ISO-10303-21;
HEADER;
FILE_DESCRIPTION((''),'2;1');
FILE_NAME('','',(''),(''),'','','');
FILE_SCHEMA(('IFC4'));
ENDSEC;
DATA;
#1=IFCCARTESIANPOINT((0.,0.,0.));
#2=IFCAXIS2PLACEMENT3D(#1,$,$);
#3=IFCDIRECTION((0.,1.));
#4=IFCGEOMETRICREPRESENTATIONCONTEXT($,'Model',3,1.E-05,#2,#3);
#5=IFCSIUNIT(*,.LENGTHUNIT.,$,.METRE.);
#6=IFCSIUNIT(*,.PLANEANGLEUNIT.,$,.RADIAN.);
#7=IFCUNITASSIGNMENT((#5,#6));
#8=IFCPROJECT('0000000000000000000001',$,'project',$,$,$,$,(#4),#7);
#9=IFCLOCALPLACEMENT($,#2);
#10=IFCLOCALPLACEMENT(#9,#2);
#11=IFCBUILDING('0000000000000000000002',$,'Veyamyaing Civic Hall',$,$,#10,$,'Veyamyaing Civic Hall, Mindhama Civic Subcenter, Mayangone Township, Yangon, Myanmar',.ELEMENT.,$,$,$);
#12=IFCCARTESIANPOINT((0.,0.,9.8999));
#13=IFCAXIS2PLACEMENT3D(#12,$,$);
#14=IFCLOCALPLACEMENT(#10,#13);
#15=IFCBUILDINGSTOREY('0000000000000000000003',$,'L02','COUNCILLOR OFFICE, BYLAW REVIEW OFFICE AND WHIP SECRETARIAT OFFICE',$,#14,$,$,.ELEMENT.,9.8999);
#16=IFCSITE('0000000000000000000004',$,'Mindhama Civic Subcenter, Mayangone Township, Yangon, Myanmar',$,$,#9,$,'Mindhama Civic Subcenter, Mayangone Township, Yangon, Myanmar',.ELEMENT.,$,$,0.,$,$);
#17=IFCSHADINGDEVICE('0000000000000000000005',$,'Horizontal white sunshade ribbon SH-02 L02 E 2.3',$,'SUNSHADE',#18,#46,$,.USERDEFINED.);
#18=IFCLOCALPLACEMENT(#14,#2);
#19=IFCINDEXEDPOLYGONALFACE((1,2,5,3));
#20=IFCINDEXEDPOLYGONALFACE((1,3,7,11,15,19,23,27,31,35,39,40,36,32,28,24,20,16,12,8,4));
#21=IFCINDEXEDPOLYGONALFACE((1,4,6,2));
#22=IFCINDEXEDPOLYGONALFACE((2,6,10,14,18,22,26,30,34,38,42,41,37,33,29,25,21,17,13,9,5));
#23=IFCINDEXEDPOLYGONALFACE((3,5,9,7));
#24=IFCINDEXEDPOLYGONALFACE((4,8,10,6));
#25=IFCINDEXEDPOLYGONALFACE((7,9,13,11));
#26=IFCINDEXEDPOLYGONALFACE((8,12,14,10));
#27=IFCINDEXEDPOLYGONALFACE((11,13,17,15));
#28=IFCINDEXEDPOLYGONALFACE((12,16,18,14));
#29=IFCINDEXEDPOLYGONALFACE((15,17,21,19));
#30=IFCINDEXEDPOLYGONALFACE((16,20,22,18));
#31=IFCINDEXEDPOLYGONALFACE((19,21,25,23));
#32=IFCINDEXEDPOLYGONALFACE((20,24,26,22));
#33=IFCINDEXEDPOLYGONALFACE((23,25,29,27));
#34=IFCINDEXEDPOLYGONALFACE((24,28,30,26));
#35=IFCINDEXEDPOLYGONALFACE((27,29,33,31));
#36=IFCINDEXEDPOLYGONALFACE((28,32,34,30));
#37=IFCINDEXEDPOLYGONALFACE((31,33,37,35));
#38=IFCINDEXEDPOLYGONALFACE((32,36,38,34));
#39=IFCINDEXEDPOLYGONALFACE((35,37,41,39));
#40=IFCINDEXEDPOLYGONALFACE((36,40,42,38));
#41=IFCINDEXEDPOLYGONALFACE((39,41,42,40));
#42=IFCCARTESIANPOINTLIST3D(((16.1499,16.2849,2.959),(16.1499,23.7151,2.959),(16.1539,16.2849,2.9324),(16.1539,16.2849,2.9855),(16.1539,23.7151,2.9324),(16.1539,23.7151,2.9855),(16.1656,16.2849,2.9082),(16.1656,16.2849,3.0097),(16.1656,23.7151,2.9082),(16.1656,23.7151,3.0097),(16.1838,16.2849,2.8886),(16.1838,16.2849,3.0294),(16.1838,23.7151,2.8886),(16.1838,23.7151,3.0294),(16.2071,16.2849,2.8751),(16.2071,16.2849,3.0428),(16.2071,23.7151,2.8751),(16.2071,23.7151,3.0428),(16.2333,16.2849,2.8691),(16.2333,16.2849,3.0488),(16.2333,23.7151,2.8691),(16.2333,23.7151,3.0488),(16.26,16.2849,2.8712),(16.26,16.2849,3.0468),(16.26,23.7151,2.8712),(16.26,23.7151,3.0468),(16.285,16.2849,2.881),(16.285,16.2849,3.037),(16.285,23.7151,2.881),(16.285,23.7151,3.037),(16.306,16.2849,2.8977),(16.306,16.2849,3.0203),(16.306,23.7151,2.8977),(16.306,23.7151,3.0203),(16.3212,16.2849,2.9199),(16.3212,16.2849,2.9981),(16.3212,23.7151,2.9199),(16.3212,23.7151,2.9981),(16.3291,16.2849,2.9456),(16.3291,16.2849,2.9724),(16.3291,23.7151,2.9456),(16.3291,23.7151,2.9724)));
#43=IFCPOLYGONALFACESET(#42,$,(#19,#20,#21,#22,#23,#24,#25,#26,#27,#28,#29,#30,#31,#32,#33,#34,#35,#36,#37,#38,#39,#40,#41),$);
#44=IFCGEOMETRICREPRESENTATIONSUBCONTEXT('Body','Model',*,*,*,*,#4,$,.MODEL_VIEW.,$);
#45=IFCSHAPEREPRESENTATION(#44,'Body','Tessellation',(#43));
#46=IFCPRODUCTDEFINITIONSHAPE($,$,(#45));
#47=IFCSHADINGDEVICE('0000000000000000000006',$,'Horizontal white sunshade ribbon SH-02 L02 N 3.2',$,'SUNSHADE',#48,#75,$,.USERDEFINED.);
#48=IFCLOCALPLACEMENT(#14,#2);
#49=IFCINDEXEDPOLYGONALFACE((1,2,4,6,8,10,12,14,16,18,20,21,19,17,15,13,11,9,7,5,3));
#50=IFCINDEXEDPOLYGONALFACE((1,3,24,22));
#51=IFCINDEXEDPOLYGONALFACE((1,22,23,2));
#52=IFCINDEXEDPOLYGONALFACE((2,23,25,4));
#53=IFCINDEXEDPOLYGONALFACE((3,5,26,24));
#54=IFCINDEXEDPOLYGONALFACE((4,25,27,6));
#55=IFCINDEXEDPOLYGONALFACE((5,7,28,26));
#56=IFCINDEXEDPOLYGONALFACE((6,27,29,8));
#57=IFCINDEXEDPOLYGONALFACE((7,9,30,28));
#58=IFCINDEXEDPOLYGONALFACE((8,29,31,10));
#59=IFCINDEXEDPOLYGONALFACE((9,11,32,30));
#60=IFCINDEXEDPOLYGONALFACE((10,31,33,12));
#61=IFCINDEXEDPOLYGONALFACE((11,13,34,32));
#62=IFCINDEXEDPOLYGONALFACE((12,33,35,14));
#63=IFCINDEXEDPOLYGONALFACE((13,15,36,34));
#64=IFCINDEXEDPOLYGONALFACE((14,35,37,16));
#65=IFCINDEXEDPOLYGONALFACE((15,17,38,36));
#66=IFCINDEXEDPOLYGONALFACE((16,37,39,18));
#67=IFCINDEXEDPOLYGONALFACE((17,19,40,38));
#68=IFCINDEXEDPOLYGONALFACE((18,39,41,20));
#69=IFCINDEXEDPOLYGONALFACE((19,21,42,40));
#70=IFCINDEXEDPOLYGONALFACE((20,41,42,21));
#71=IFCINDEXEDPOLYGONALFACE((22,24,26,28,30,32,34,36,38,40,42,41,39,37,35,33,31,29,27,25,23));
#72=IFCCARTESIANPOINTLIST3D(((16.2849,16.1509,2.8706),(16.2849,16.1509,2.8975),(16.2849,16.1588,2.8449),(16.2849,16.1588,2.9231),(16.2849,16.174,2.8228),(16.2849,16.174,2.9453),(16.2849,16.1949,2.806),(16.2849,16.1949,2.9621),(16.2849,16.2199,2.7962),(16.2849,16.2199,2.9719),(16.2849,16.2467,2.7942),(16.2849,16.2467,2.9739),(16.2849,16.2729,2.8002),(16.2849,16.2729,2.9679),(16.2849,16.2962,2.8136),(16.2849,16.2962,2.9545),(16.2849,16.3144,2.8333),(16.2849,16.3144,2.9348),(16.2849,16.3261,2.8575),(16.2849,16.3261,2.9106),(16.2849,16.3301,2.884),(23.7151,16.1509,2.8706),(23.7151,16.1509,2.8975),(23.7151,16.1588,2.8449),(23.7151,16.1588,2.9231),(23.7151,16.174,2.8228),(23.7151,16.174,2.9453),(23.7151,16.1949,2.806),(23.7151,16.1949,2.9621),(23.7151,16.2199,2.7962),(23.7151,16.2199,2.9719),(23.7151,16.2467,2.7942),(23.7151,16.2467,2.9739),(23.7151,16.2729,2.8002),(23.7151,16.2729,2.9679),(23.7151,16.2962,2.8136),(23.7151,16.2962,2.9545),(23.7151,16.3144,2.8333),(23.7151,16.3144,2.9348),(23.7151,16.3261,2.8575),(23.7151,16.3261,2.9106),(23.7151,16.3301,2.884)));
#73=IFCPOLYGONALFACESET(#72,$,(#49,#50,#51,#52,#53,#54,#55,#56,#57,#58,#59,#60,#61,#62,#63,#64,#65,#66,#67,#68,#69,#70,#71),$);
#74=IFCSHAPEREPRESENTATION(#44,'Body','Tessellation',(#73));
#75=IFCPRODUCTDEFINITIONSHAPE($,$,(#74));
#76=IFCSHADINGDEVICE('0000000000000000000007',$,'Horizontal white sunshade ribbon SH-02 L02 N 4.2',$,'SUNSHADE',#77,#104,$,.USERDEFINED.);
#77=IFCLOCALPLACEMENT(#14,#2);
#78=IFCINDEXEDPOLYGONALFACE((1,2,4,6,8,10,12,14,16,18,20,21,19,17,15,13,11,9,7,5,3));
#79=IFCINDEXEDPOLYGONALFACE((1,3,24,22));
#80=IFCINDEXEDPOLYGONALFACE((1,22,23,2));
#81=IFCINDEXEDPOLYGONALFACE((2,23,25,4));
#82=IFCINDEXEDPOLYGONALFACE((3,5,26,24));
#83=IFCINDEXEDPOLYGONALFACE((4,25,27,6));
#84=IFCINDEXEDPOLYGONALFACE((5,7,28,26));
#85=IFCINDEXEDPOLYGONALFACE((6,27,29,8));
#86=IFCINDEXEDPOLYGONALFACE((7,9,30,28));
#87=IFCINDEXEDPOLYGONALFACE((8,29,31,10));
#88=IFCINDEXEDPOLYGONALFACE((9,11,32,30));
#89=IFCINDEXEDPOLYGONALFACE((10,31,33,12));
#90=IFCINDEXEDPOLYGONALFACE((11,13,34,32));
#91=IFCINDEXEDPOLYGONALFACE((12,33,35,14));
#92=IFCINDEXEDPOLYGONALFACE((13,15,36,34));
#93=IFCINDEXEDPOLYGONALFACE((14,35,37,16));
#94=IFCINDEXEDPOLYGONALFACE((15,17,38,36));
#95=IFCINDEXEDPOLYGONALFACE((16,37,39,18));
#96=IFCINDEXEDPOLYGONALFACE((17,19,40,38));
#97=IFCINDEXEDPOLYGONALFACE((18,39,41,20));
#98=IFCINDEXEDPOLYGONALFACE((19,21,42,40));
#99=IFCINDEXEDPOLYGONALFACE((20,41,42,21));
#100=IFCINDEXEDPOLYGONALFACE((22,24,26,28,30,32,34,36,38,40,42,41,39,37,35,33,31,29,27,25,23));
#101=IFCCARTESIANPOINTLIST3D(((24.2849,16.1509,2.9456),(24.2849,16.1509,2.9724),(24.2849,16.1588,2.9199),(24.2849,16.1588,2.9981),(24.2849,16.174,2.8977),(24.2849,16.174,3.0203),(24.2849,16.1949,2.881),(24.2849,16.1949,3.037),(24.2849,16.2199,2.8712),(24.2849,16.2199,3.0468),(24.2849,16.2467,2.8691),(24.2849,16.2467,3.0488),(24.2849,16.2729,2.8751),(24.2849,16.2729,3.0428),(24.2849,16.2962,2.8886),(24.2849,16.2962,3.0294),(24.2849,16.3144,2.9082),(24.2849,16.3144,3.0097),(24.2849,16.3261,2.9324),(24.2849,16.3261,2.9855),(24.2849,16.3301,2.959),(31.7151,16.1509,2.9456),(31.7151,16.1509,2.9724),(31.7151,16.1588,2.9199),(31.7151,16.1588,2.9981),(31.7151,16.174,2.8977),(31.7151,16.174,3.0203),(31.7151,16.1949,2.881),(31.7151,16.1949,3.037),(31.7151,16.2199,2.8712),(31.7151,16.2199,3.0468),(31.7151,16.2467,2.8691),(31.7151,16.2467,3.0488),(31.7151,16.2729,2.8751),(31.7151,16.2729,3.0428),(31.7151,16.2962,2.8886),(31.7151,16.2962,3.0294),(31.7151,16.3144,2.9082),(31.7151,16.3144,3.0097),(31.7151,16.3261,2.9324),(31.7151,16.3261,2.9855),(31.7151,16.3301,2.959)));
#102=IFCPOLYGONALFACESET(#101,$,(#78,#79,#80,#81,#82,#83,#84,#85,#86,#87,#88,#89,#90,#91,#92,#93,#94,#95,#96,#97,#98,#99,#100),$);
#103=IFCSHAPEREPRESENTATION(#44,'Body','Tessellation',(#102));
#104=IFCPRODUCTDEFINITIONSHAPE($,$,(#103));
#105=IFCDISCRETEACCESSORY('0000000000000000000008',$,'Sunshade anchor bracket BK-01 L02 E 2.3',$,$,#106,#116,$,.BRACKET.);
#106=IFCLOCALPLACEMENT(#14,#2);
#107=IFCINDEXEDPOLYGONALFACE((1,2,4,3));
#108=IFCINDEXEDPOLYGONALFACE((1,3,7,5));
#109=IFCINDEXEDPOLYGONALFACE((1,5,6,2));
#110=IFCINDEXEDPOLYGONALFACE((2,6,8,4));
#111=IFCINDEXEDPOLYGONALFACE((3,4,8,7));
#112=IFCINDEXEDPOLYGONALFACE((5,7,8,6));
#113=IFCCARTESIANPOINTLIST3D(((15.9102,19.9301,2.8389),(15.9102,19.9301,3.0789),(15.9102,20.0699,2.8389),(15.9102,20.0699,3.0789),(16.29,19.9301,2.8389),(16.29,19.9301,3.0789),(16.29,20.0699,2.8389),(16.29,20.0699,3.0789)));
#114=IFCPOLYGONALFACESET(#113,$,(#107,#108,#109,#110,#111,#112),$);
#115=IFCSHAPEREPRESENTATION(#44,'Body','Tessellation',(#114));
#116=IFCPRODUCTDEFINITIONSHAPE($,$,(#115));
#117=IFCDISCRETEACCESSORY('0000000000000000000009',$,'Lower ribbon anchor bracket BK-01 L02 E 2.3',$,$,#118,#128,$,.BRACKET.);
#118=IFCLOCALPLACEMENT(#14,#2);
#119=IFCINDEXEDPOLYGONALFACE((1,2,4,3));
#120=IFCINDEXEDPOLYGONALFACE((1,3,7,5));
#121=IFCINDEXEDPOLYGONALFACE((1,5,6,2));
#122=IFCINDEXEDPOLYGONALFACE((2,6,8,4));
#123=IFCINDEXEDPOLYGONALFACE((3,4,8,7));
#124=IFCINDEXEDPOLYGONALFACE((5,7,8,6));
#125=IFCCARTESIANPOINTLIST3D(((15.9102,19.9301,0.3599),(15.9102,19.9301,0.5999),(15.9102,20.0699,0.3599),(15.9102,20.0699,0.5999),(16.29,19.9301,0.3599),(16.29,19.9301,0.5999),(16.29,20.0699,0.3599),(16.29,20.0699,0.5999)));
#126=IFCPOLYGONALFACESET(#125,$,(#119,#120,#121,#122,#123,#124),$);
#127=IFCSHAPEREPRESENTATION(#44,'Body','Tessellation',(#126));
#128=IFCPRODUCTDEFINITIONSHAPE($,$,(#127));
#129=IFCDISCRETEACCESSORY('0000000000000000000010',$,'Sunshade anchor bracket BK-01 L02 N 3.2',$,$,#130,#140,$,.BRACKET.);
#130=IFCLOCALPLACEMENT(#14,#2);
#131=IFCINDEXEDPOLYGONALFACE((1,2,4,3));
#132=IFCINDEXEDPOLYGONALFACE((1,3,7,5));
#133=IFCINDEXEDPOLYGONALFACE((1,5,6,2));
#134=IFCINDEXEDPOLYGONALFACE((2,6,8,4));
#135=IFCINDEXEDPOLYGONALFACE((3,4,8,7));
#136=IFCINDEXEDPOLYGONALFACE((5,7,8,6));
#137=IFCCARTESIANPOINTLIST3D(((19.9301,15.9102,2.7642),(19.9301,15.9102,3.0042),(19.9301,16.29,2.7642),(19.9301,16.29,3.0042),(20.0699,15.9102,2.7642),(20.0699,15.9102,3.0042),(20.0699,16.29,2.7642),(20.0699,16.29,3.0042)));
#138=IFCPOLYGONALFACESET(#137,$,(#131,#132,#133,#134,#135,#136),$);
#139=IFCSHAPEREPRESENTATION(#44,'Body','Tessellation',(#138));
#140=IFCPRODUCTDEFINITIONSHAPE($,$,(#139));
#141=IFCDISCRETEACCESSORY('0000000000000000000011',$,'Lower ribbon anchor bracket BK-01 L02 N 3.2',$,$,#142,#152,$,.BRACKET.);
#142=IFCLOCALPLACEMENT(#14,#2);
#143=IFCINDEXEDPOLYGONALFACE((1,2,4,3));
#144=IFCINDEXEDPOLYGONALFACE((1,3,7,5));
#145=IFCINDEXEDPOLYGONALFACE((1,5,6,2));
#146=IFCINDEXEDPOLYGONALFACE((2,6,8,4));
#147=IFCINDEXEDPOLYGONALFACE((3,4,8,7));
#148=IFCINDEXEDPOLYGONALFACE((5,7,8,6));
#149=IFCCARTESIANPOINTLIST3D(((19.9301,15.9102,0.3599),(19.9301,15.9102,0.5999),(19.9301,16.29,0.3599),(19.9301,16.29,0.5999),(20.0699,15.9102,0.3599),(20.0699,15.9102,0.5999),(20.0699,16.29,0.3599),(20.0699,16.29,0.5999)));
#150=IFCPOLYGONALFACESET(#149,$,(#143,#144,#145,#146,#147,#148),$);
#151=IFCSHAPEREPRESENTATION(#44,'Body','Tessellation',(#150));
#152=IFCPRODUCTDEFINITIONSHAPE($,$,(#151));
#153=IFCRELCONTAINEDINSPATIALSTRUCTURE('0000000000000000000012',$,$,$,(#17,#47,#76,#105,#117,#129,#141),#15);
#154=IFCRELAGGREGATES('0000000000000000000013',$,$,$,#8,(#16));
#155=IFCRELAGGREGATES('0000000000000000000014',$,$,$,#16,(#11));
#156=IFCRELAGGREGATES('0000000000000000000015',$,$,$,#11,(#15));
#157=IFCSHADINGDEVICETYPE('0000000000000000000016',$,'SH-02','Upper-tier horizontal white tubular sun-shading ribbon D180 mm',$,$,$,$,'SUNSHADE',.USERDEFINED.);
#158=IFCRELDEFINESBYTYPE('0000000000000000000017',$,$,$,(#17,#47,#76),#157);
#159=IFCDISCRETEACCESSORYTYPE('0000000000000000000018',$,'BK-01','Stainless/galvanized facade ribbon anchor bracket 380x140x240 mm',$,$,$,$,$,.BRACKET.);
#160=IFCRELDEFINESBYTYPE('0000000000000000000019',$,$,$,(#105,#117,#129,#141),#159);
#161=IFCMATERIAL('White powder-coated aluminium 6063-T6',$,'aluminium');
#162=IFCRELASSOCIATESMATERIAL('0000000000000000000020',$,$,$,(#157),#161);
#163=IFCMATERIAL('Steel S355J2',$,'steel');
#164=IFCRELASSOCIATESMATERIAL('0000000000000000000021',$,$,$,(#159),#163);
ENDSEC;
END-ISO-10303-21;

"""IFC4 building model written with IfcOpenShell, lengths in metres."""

from ifc_helpers import new_model, si_unit, direction, frame, origin, origin_2d, place, context, subcontext, project, spatial, rectangle, circle, extrude, material, material_profile, profile_set, type_object, element, save


model = new_model("IFC4")

# Units and contexts
model_context = context("Model", 3, precision=1e-05, world=origin(), true_north=direction((0.0, 1.0)))
body_context = subcontext(model_context, "Body", "Model", "MODEL_VIEW")
ifc_project = project(units=[si_unit("LENGTHUNIT", "METRE"), si_unit("PLANEANGLEUNIT", "RADIAN")], contexts=[model_context])

# Site, building, storey
site_placement = place(None, origin())
site = spatial("IfcSite", under=ifc_project, at=site_placement, Name="Mindhama Civic Subcenter, Mayangone Township, Yangon, Myanmar", LongName="Mindhama Civic Subcenter, Mayangone Township, Yangon, Myanmar", CompositionType="ELEMENT", RefElevation=0.0)
building_placement = place(site_placement, origin())
building = spatial("IfcBuilding", under=site, at=building_placement, Name="Veyamyaing Civic Hall", LongName="Veyamyaing Civic Hall, Mindhama Civic Subcenter, Mayangone Township, Yangon, Myanmar", CompositionType="ELEMENT")
storey_placement = place(building_placement, frame((0.0, 0.0, 9.8999)))
storey = spatial("IfcBuildingStorey", under=building, at=storey_placement, Name="L02", Description="COUNCILLOR OFFICE, BYLAW REVIEW OFFICE AND WHIP SECRETARIAT OFFICE", CompositionType="ELEMENT", Elevation=9.8999)

# Shared definitions
ifc_material_1 = material(Name="White powder-coated aluminium 6063-T6", Category="aluminium")

# Shading devices
ifc_material_profile_1 = material_profile(ifc_material_1, circle(Radius=0.0901, at=origin_2d()), Name="SHADE-TUBE-180")
ifc_profile_set_1 = profile_set([ifc_material_profile_1], Name="White powder-coated aluminium 6063-T6")
shading_device_type = type_object("IfcShadingDeviceType", Name="SH-02", Description="Upper-tier horizontal white tubular sun-shading ribbon D180 mm", ElementType="SUNSHADE", PredefinedType="USERDEFINED", material=ifc_profile_set_1)
for number, where, z_axis, x_axis, name in (
    (1, (16.24, 16.2849, 2.959), (0.0, 1.0, 0.0), (-1.0, 0.0, 0.0), "Horizontal white sunshade ribbon SH-02 L02 E 2.3"),
    (2, (16.2849, 16.24, 2.884), (1.0, 0.0, 0.0), (0.0, 1.0, 0.0), "Horizontal white sunshade ribbon SH-02 L02 N 3.2"),
    (3, (24.2849, 16.24, 2.959), (1.0, 0.0, 0.0), (0.0, 1.0, 0.0), "Horizontal white sunshade ribbon SH-02 L02 N 4.2"),
):
    element("IfcShadingDevice", number, at=place(storey_placement, frame(where, z_axis=z_axis, x_axis=x_axis)), inside=storey, type_object=shading_device_type, Name=name, ObjectType="SUNSHADE", PredefinedType="USERDEFINED", context=body_context, shape_type="SweptSolid", body=[
        extrude(circle(Radius=0.0901, at=origin_2d()), origin(), (0.0, 0.0, 1.0), 7.4302),
    ])

# Discrete accessories
ifc_material_2 = material(Name="Steel S355J2", Category="steel")
discrete_accessory_type = type_object("IfcDiscreteAccessoryType", Name="BK-01", Description="Stainless/galvanized facade ribbon anchor bracket 380x140x240 mm", PredefinedType="BRACKET", material=ifc_material_2)
for number, where, z_axis, x_axis, name in (
    (4, (16.1001, 20.0, 2.8389), (0.0, 0.0, 1.0), (1.0, 0.0, 0.0), "Sunshade anchor bracket BK-01 L02 E 2.3"),
    (5, (16.1001, 20.0, 0.3599), (0.0, 0.0, 1.0), (1.0, 0.0, 0.0), "Lower ribbon anchor bracket BK-01 L02 E 2.3"),
    (6, (20.0, 16.1001, 2.7642), (0.0, 0.0, 1.0), (0.0, 1.0, 0.0), "Sunshade anchor bracket BK-01 L02 N 3.2"),
    (7, (20.0, 16.1001, 0.3599), (0.0, 0.0, 1.0), (0.0, 1.0, 0.0), "Lower ribbon anchor bracket BK-01 L02 N 3.2"),
):
    element("IfcDiscreteAccessory", number, at=place(storey_placement, frame(where, z_axis=z_axis, x_axis=x_axis)), inside=storey, type_object=discrete_accessory_type, Name=name, PredefinedType="BRACKET", context=body_context, shape_type="SweptSolid", body=[
        extrude(rectangle(XDim=0.3799, YDim=0.1399, at=origin_2d()), origin(), (0.0, 0.0, 1.0), 0.24),
    ])

save(model, "model.ifc")
